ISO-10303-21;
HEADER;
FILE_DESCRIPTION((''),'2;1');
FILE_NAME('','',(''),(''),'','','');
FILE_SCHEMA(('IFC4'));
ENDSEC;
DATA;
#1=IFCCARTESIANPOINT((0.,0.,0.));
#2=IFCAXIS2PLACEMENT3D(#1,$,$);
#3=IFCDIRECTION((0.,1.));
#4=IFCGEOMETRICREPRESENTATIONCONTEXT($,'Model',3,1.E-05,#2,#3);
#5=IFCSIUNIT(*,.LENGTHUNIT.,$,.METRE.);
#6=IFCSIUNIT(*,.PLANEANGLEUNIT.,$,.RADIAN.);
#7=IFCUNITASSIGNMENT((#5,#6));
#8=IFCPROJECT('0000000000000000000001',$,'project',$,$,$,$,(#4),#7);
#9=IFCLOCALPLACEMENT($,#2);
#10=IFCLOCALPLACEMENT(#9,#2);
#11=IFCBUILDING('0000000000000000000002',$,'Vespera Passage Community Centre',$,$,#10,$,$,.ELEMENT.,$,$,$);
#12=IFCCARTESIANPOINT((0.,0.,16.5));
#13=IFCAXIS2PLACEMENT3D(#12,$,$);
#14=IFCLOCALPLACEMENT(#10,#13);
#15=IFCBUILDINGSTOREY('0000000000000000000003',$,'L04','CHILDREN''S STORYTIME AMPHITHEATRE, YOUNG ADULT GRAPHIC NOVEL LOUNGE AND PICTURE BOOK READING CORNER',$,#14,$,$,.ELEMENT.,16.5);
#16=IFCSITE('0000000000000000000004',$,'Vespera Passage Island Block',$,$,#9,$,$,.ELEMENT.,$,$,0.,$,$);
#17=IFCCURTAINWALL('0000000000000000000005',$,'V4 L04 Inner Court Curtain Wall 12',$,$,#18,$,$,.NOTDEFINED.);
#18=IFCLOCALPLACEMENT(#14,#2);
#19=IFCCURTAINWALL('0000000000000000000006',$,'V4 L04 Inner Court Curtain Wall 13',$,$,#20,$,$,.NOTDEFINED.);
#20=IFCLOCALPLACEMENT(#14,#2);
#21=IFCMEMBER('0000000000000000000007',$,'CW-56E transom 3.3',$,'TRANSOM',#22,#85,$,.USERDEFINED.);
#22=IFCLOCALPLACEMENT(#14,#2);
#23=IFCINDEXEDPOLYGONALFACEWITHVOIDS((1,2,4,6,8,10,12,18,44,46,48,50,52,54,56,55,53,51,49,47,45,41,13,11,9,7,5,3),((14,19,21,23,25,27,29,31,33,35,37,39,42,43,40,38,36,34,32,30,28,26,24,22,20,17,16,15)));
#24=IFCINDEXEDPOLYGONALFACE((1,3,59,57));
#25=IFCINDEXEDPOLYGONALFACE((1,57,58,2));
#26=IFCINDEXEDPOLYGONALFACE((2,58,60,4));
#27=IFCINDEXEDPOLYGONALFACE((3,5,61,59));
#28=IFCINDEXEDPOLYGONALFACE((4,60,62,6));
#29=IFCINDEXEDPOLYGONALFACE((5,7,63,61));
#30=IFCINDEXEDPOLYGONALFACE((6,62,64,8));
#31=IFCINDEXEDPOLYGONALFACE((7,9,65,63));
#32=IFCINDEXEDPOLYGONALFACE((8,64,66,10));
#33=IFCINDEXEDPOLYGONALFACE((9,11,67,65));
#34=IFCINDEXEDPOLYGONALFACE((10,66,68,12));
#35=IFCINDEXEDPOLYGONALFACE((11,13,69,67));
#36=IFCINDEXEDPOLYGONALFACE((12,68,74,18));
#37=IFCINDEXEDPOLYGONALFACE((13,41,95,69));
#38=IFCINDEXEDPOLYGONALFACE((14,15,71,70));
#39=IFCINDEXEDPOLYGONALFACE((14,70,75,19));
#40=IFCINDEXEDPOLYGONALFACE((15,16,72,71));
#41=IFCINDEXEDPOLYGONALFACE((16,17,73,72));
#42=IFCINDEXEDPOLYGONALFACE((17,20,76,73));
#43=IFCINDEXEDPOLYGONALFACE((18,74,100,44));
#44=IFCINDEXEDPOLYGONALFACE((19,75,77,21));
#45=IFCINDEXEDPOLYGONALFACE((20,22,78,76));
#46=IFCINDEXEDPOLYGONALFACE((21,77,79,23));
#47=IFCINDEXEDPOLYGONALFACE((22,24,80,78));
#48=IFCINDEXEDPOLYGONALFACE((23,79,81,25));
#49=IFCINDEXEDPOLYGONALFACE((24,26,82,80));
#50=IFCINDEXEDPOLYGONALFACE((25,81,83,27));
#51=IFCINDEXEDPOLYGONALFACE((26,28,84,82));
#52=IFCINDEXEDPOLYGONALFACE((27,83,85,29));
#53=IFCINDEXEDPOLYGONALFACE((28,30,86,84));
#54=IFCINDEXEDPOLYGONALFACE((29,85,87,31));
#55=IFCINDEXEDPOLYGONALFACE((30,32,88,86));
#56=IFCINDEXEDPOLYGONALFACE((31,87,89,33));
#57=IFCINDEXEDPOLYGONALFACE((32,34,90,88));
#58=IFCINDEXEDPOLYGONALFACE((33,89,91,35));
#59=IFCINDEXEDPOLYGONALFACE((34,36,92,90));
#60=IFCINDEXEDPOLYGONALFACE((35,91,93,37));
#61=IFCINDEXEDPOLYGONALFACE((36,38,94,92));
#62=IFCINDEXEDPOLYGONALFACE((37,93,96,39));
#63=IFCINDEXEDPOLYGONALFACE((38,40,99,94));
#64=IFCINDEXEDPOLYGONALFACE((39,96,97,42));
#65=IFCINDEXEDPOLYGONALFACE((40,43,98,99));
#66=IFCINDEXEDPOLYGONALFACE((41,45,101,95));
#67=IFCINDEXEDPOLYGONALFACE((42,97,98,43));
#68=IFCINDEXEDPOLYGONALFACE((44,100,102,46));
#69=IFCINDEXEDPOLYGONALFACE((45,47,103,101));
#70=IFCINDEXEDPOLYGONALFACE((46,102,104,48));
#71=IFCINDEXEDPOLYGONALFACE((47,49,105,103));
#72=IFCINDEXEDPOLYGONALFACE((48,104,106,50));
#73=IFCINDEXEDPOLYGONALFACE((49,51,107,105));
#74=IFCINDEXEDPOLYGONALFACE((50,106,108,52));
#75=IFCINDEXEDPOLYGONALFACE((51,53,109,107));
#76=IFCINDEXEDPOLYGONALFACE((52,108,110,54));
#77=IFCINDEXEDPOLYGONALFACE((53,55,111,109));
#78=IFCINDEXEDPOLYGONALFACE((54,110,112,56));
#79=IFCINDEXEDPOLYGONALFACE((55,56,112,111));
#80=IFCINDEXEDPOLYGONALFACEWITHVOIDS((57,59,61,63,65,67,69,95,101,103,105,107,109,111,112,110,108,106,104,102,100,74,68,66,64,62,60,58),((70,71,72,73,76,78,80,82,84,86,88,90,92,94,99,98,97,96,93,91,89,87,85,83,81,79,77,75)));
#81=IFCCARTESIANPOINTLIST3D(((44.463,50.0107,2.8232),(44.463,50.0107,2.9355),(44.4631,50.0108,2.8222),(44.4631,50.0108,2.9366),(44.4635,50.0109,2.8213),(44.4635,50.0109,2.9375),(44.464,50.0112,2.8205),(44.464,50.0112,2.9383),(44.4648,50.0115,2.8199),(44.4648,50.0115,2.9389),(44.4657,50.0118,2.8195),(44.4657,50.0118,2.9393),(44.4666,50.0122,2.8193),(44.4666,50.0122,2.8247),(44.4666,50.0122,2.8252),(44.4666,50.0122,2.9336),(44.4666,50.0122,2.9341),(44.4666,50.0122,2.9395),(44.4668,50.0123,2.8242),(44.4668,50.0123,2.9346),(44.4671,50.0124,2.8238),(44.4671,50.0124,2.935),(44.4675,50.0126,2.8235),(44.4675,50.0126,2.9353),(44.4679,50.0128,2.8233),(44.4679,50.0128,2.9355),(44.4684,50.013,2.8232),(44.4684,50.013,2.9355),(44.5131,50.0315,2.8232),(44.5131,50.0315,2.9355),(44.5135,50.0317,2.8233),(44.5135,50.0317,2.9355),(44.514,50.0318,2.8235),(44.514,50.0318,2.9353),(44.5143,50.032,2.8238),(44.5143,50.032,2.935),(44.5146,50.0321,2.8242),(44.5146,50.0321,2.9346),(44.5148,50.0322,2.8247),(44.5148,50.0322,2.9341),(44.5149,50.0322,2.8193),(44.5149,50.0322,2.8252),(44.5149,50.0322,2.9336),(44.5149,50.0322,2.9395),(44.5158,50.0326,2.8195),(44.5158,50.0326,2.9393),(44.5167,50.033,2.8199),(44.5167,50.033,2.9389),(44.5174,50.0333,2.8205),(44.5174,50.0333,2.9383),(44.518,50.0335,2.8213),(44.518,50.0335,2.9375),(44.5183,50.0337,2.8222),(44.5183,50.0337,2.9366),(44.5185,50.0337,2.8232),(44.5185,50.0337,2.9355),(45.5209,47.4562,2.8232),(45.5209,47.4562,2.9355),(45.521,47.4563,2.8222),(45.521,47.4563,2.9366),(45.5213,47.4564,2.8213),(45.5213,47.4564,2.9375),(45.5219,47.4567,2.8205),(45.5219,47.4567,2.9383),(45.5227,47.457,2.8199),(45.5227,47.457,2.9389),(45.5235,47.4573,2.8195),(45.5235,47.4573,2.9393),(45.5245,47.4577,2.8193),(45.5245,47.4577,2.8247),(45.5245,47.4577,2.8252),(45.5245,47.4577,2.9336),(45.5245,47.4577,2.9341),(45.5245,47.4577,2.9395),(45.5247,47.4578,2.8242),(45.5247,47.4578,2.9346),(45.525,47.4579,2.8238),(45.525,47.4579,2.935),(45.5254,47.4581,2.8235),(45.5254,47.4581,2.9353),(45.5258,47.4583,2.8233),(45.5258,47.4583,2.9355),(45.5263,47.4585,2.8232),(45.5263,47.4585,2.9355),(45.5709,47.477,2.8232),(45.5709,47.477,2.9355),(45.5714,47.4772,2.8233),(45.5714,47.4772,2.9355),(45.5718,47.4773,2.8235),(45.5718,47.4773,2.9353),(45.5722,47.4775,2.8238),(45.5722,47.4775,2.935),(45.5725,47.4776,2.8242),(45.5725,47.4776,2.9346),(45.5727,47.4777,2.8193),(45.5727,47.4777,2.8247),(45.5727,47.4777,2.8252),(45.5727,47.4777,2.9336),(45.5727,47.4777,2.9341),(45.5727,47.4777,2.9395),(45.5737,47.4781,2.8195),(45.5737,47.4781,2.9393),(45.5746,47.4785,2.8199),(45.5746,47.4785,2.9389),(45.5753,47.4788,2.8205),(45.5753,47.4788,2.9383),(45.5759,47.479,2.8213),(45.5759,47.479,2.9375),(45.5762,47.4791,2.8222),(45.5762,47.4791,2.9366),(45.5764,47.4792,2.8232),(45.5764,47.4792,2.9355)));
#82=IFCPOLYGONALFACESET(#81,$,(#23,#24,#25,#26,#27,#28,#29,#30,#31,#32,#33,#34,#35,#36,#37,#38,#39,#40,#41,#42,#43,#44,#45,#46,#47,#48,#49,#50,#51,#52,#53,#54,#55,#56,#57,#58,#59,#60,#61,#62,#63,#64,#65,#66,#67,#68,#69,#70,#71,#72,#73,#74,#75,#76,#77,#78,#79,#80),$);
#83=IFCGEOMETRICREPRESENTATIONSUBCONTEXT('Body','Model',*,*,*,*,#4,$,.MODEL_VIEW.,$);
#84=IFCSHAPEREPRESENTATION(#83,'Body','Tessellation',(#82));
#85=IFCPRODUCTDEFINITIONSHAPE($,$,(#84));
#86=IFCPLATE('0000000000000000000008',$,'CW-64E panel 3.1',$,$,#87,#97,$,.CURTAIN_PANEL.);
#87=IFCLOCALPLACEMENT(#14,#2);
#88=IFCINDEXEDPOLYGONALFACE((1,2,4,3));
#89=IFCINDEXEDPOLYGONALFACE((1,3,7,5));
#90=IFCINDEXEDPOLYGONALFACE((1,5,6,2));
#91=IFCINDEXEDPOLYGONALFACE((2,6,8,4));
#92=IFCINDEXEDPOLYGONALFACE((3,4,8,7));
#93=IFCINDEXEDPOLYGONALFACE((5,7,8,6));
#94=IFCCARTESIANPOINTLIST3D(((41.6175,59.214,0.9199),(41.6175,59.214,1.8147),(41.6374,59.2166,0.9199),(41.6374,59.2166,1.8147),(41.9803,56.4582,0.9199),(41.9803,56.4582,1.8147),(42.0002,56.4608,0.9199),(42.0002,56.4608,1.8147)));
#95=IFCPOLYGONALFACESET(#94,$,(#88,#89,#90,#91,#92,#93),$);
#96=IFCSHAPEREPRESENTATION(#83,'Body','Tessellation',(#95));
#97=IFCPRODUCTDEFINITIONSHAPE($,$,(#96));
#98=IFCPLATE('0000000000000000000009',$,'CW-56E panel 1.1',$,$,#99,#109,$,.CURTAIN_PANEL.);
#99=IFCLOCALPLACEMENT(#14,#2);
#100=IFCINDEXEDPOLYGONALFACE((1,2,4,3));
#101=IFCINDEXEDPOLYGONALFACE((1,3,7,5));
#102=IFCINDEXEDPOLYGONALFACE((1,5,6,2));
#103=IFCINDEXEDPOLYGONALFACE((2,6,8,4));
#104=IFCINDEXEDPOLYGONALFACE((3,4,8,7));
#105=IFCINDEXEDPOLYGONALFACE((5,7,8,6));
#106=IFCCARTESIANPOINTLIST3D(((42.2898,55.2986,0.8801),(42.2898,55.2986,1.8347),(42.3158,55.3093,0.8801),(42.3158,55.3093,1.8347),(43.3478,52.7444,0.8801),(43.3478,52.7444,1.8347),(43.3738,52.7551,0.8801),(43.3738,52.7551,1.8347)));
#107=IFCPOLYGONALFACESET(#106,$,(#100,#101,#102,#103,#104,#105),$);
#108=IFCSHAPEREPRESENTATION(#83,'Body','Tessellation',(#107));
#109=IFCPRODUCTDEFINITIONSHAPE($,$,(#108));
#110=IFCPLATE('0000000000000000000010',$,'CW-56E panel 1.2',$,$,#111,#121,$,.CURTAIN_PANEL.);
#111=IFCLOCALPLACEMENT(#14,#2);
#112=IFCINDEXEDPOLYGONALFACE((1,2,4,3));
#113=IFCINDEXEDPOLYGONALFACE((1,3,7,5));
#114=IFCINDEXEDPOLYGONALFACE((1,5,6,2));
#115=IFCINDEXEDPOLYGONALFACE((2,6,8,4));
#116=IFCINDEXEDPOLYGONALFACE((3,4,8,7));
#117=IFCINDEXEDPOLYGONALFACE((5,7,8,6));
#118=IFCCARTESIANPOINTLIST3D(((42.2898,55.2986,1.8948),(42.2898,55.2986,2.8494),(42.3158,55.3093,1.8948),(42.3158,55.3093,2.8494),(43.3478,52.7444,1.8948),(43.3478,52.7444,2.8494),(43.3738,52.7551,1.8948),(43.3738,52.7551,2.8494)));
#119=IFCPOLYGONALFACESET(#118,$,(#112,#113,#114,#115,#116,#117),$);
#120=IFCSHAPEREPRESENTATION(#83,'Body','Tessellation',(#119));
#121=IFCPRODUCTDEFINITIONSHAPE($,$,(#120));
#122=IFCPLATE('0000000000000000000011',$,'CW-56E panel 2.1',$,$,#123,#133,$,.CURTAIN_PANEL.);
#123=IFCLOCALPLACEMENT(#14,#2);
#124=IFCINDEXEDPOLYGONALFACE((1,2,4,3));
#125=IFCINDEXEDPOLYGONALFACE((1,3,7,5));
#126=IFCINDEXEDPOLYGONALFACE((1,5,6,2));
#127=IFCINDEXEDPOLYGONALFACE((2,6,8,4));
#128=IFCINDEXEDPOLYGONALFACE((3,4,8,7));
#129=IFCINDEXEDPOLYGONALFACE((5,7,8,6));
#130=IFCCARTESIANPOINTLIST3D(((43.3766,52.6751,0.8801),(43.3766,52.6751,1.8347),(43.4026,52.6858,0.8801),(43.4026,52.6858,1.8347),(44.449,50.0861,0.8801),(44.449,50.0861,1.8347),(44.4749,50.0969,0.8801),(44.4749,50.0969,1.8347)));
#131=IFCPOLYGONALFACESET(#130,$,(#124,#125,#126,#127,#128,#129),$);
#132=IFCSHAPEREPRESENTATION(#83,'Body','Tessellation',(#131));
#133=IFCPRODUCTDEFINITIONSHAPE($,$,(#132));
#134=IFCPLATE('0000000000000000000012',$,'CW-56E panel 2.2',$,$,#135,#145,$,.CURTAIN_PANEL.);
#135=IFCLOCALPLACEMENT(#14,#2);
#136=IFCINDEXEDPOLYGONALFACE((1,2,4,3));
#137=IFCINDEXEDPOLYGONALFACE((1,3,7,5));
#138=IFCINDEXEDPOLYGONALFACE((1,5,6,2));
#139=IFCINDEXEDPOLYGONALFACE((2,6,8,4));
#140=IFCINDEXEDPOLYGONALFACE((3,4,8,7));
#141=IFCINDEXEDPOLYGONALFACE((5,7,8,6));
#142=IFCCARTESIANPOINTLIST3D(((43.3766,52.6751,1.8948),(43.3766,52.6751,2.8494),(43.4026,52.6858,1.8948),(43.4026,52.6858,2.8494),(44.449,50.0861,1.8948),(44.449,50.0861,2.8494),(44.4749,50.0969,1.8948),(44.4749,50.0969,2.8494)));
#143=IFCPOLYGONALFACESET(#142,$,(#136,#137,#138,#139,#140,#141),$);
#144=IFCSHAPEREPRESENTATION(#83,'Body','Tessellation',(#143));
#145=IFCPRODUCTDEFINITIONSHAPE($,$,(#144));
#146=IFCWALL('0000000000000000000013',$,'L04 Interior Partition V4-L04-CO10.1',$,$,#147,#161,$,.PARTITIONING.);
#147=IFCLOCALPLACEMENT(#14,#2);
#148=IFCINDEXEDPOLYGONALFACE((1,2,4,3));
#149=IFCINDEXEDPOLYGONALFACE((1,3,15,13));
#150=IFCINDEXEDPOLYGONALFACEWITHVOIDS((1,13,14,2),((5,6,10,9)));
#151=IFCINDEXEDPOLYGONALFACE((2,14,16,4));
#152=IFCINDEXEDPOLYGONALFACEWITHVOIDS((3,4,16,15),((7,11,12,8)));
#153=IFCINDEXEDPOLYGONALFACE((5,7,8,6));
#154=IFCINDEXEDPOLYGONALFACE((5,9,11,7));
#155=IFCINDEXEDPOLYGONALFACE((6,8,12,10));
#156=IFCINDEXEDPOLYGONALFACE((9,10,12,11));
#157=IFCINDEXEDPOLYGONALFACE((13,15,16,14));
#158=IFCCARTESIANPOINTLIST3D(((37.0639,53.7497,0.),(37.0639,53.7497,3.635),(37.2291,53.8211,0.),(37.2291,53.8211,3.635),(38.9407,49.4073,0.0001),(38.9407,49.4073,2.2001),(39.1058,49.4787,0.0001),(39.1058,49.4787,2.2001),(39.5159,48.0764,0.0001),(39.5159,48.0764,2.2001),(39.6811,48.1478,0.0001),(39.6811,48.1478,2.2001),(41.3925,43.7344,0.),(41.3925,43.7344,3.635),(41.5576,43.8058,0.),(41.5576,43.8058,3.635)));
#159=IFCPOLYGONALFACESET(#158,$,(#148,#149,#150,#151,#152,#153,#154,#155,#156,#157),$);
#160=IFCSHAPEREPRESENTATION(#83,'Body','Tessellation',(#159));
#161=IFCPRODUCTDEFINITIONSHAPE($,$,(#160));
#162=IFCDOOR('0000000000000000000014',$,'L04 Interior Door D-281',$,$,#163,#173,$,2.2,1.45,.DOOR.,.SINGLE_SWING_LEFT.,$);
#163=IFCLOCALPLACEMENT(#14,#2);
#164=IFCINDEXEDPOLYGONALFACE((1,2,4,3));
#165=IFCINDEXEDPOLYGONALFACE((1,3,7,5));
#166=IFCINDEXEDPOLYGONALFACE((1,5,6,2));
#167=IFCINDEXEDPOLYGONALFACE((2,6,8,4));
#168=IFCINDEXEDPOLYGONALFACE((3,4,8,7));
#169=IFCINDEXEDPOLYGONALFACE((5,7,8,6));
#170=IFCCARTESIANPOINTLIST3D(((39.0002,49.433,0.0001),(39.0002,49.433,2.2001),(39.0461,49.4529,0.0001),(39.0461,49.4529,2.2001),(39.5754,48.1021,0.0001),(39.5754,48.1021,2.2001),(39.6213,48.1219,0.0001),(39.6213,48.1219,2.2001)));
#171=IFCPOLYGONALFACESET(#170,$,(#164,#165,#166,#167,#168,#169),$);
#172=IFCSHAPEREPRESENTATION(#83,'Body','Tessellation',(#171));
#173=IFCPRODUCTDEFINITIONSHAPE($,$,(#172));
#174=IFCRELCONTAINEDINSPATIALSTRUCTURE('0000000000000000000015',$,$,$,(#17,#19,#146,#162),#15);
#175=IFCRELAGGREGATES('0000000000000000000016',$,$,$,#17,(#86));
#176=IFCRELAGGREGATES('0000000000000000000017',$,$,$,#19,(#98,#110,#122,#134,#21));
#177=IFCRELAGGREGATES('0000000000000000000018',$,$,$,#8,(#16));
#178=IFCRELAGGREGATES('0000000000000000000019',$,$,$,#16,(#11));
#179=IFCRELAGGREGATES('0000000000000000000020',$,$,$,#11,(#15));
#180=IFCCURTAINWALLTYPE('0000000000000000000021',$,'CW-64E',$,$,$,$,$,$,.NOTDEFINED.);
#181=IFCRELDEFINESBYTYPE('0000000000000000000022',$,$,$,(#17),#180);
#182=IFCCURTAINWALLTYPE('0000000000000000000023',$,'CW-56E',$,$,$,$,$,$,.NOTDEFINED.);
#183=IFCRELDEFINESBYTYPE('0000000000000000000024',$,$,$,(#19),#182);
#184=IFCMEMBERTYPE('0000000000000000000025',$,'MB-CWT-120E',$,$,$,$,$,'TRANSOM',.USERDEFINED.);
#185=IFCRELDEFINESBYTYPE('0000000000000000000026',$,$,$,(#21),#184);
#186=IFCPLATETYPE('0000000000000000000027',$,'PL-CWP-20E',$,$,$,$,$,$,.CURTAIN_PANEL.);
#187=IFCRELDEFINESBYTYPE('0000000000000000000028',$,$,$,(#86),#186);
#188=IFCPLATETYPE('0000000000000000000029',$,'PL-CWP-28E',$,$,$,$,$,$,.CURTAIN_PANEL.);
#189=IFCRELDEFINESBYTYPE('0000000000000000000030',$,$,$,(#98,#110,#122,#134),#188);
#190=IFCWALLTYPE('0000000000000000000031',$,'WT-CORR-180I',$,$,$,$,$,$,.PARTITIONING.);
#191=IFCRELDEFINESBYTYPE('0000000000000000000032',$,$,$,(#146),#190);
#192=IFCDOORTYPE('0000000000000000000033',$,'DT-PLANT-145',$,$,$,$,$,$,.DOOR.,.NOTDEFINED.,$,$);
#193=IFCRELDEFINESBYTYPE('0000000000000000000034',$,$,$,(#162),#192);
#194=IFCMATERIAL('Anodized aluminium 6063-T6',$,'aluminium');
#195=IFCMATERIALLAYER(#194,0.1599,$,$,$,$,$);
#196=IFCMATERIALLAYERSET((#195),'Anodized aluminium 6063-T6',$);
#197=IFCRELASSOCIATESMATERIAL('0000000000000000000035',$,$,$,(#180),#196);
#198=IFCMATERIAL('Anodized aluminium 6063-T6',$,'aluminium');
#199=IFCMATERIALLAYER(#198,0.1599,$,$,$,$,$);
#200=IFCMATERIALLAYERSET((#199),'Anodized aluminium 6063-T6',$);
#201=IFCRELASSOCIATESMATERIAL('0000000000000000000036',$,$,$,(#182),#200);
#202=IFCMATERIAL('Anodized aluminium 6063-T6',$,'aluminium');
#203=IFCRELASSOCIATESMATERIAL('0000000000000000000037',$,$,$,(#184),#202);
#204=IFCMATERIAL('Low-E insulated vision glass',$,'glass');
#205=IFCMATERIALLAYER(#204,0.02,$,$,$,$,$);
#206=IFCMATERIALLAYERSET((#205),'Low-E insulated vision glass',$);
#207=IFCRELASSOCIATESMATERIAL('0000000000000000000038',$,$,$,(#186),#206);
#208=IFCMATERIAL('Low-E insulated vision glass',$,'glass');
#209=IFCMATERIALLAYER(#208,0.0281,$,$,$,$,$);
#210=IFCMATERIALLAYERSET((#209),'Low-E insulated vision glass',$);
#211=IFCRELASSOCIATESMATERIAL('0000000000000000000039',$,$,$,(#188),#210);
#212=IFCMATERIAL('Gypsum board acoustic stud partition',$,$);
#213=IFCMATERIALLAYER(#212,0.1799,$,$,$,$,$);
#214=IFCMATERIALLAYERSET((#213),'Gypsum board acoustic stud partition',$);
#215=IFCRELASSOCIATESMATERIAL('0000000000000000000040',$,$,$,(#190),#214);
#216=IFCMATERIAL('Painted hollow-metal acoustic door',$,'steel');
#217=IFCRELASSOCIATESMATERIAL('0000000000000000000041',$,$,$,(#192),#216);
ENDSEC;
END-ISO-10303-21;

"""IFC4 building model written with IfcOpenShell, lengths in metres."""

from ifc_helpers import new_model, si_unit, direction, frame, frame_2d, origin, origin_2d, place, context, subcontext, project, spatial, rectangle, hollow_rectangle, extrude, material, layer, layer_set, material_profile, profile_set, type_object, element, fill, aggregate, save


model = new_model("IFC4")

# Units and contexts
model_context = context("Model", 3, precision=1e-05, world=origin(), true_north=direction((0.0, 1.0)))
body_context = subcontext(model_context, "Body", "Model", "MODEL_VIEW")
ifc_project = project(units=[si_unit("LENGTHUNIT", "METRE"), si_unit("PLANEANGLEUNIT", "RADIAN")], contexts=[model_context])

# Site, building, storey
site_placement = place(None, origin())
site = spatial("IfcSite", under=ifc_project, at=site_placement, Name="Vespera Passage Island Block", CompositionType="ELEMENT", RefElevation=0.0)
building_placement = place(site_placement, origin())
building = spatial("IfcBuilding", under=site, at=building_placement, Name="Vespera Passage Community Centre", CompositionType="ELEMENT")
storey_placement = place(building_placement, frame((0.0, 0.0, 16.5)))
storey = spatial("IfcBuildingStorey", under=building, at=storey_placement, Name="L04", Description="CHILDREN'S STORYTIME AMPHITHEATRE, YOUNG ADULT GRAPHIC NOVEL LOUNGE AND PICTURE BOOK READING CORNER", CompositionType="ELEMENT", Elevation=16.5)

# Curtain wall
ifc_material_1 = material(Name="Anodized aluminium 6063-T6", Category="aluminium")
ifc_layer_1 = layer(ifc_material_1, 0.1599)
ifc_layer_set_1 = layer_set([ifc_layer_1], Name="Anodized aluminium 6063-T6")
curtain_wall_type_1 = type_object("IfcCurtainWallType", Name="CW-64E", PredefinedType="NOTDEFINED", material=ifc_layer_set_1)
curtain_wall_1_placement = place(storey_placement, origin())
curtain_wall_1 = element("IfcCurtainWall", 1, at=curtain_wall_1_placement, inside=storey, type_object=curtain_wall_type_1, Name="V4 L04 Inner Court Curtain Wall 12", PredefinedType="NOTDEFINED")

# Curtain wall, member
ifc_material_2 = material(Name="Anodized aluminium 6063-T6", Category="aluminium")
ifc_layer_2 = layer(ifc_material_2, 0.1599)
ifc_layer_set_2 = layer_set([ifc_layer_2], Name="Anodized aluminium 6063-T6")
curtain_wall_type_2 = type_object("IfcCurtainWallType", Name="CW-56E", PredefinedType="NOTDEFINED", material=ifc_layer_set_2)
curtain_wall_2_placement = place(storey_placement, origin())
curtain_wall_2 = element("IfcCurtainWall", 2, at=curtain_wall_2_placement, inside=storey, type_object=curtain_wall_type_2, Name="V4 L04 Inner Court Curtain Wall 13", PredefinedType="NOTDEFINED")
ifc_material_3 = material(Name="Anodized aluminium 6063-T6", Category="aluminium")
ifc_material_profile_1 = material_profile(ifc_material_3, hollow_rectangle(XDim=0.0601, YDim=0.1201, WallThickness=0.0039, InnerFilletRadius=0.002, OuterFilletRadius=0.0039, at=origin_2d()), Name="ALU120X60X4")
ifc_profile_set_1 = profile_set([ifc_material_profile_1], Name="Anodized aluminium 6063-T6")
member_type_1 = type_object("IfcMemberType", Name="MB-CWT-120E", ElementType="TRANSOM", PredefinedType="USERDEFINED", material=ifc_profile_set_1)
member_1_placement = place(storey_placement, frame((44.4907, 50.0222, 2.8794), z_axis=(0.382614, -0.923908, 0.0), x_axis=(0.923908, 0.382614, 0.0)))
member_1 = element("IfcMember", 3, at=member_1_placement, type_object=member_type_1, Name="CW-56E transom 3.3", ObjectType="TRANSOM", PredefinedType="USERDEFINED", context=body_context, shape_type="SweptSolid", body=[
    extrude(hollow_rectangle(XDim=0.0601, YDim=0.1201, WallThickness=0.0039, InnerFilletRadius=0.002, OuterFilletRadius=0.0039, at=origin_2d()), origin(), (0.0, 0.0, 1.0), 2.7649),
])

# Plates
ifc_material_4 = material(Name="Low-E insulated vision glass", Category="glass")
ifc_layer_3 = layer(ifc_material_4, 0.02)
ifc_layer_set_3 = layer_set([ifc_layer_3], Name="Low-E insulated vision glass")
plate_type_1 = type_object("IfcPlateType", Name="PL-CWP-20E", PredefinedType="CURTAIN_PANEL", material=ifc_layer_set_3)
plate_1_placement = place(storey_placement, frame((41.8088, 57.8374, 0.9199), z_axis=(0.0, 0.0, 1.0), x_axis=(0.130522, -0.991445, 0.0)))
plate_1 = element("IfcPlate", 4, at=plate_1_placement, type_object=plate_type_1, Name="CW-64E panel 3.1", PredefinedType="CURTAIN_PANEL", context=body_context, shape_type="SweptSolid", body=[
    extrude(rectangle(XDim=2.7795, YDim=0.02, at=origin_2d()), origin(), (0.0, 0.0, 1.0), 0.8948),
])
aggregate(curtain_wall_1, [plate_1])
ifc_material_5 = material(Name="Low-E insulated vision glass", Category="glass")
ifc_layer_4 = layer(ifc_material_5, 0.0281)
ifc_layer_set_4 = layer_set([ifc_layer_4], Name="Low-E insulated vision glass")
plate_type_2 = type_object("IfcPlateType", Name="PL-CWP-28E", PredefinedType="CURTAIN_PANEL", material=ifc_layer_set_4)
plate_2_placement = place(storey_placement, frame((42.8318, 54.0269, 0.8801), z_axis=(0.0, 0.0, 1.0), x_axis=(0.38269, -0.923877, 0.0)))
plate_2 = element("IfcPlate", 5, at=plate_2_placement, type_object=plate_type_2, Name="CW-56E panel 1.1", PredefinedType="CURTAIN_PANEL", context=body_context, shape_type="SweptSolid", body=[
    extrude(rectangle(XDim=2.7646, YDim=0.0281, at=origin_2d()), origin(), (0.0, 0.0, 1.0), 0.9546),
])
plate_3_placement = place(storey_placement, frame((42.8318, 54.0269, 1.8948), z_axis=(0.0, 0.0, 1.0), x_axis=(0.38269, -0.923877, 0.0)))
plate_3 = element("IfcPlate", 6, at=plate_3_placement, type_object=plate_type_2, Name="CW-56E panel 1.2", PredefinedType="CURTAIN_PANEL", context=body_context, shape_type="SweptSolid", body=[
    extrude(rectangle(XDim=2.7646, YDim=0.0281, at=origin_2d()), origin(), (0.0, 0.0, 1.0), 0.9546),
])
plate_4_placement = place(storey_placement, frame((43.9258, 51.386, 0.8801), z_axis=(0.0, 0.0, 1.0), x_axis=(0.38269, -0.923877, 0.0)))
plate_4 = element("IfcPlate", 7, at=plate_4_placement, type_object=plate_type_2, Name="CW-56E panel 2.1", PredefinedType="CURTAIN_PANEL", context=body_context, shape_type="SweptSolid", body=[
    extrude(rectangle(XDim=2.8022, YDim=0.0281, at=origin_2d()), origin(), (0.0, 0.0, 1.0), 0.9546),
])
plate_5_placement = place(storey_placement, frame((43.9258, 51.386, 1.8948), z_axis=(0.0, 0.0, 1.0), x_axis=(0.38269, -0.923877, 0.0)))
plate_5 = element("IfcPlate", 8, at=plate_5_placement, type_object=plate_type_2, Name="CW-56E panel 2.2", PredefinedType="CURTAIN_PANEL", context=body_context, shape_type="SweptSolid", body=[
    extrude(rectangle(XDim=2.8022, YDim=0.0281, at=origin_2d()), origin(), (0.0, 0.0, 1.0), 0.9546),
])
aggregate(curtain_wall_2, [plate_2, plate_3, plate_4, plate_5, member_1])

# Wall, opening, door
ifc_material_6 = material(Name="Gypsum board acoustic stud partition")
ifc_layer_5 = layer(ifc_material_6, 0.1799)
ifc_layer_set_5 = layer_set([ifc_layer_5], Name="Gypsum board acoustic stud partition")
wall_type_1 = type_object("IfcWallType", Name="WT-CORR-180I", PredefinedType="PARTITIONING", material=ifc_layer_set_5)
wall_1_placement = place(storey_placement, frame((37.1465, 53.7854, 0.0), z_axis=(0.0, 0.0, 1.0), x_axis=(0.396729, -0.917936, 0.0)))
wall_1 = element("IfcWall", 9, at=wall_1_placement, inside=storey, type_object=wall_type_1, Name="L04 Interior Partition V4-L04-CO10.1", PredefinedType="PARTITIONING", context=body_context, shape_type="SweptSolid", body=[
    extrude(rectangle(XDim=10.9106, YDim=0.1799, at=frame_2d((5.4553, 0.0))), origin(), (0.0, 0.0, 1.0), 3.635),
])
opening_1_placement = place(wall_1_placement, frame((4.7305, 0.0, 0.0)))
opening_1 = element("IfcOpeningElement", 10, at=opening_1_placement, cuts=wall_1, PredefinedType="OPENING", context=body_context, shape_type="SweptSolid", body=[
    extrude(rectangle(XDim=1.45, YDim=2.2, at=frame_2d((0.7251, 1.1001))), frame((0.0, 0.0999, 0.0), z_axis=(0.0, -1.0, 0.0), x_axis=(1.0, 0.0, 0.0)), (0.0, 0.0, 1.0), 0.2),
])
ifc_material_7 = material(Name="Painted hollow-metal acoustic door", Category="steel")
door_type_1 = type_object("IfcDoorType", Name="DT-PLANT-145", OperationType="NOTDEFINED", PredefinedType="DOOR", material=ifc_material_7)
door_1_placement = place(opening_1_placement, origin())
door_1 = element("IfcDoor", 11, at=door_1_placement, inside=storey, type_object=door_type_1, Name="L04 Interior Door D-281", OperationType="SINGLE_SWING_LEFT", OverallHeight=2.2, OverallWidth=1.45, PredefinedType="DOOR", context=body_context, shape_type="SweptSolid", body=[
    extrude(rectangle(XDim=1.45, YDim=2.2, at=frame_2d((0.7251, 1.1001))), frame((0.0, 0.0249, 0.0), z_axis=(0.0, -1.0, 0.0), x_axis=(1.0, 0.0, 0.0)), (0.0, 0.0, 1.0), 0.05),
])
fill(opening_1, door_1)

save(model, "model.ifc")
